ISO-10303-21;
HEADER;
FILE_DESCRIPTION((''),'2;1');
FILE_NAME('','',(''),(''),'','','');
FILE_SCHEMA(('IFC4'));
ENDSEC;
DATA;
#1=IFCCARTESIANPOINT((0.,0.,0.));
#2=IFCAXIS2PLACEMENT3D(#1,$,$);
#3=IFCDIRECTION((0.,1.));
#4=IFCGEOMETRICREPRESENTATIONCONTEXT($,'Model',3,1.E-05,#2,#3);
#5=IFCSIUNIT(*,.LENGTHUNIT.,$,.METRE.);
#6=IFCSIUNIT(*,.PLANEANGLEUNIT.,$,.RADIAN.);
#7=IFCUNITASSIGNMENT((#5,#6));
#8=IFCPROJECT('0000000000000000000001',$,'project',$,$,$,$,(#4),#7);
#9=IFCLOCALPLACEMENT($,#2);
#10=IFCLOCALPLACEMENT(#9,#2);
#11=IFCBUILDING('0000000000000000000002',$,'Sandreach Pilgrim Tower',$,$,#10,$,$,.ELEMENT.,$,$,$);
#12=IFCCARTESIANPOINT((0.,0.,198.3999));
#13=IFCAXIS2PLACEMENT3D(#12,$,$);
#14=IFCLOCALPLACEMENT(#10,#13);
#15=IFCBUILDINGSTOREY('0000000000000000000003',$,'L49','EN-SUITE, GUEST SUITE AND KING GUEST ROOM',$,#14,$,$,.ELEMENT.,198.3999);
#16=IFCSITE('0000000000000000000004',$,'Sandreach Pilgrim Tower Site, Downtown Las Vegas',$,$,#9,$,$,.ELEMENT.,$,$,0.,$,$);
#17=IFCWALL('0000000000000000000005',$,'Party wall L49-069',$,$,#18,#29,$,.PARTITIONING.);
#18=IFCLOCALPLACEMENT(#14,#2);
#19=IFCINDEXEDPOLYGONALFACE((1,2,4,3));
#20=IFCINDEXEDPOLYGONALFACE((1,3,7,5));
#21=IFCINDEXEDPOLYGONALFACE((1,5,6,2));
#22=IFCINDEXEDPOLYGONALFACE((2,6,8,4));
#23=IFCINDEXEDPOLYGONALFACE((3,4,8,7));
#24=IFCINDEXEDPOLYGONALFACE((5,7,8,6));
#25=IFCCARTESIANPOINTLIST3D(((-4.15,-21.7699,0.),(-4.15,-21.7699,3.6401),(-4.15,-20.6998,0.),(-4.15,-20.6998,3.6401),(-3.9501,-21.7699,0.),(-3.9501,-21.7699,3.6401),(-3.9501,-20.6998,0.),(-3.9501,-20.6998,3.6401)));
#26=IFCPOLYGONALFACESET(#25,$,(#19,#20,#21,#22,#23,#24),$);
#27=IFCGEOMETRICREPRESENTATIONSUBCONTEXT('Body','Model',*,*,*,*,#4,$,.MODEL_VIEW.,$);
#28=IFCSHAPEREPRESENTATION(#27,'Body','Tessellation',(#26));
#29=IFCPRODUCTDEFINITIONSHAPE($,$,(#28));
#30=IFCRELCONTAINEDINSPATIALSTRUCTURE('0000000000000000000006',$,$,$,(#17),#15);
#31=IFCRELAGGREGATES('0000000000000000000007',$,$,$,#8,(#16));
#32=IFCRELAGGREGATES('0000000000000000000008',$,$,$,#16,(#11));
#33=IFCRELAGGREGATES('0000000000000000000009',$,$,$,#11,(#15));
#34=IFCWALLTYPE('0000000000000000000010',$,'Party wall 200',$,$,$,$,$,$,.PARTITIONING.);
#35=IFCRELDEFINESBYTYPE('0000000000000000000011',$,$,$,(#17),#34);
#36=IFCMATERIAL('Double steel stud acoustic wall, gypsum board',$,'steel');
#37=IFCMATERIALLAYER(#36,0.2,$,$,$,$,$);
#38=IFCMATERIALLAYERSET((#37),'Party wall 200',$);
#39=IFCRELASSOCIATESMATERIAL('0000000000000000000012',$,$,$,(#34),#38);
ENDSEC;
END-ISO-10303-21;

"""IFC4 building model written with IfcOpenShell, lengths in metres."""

from ifc_helpers import new_model, si_unit, direction, frame, frame_2d, origin, place, context, subcontext, project, spatial, rectangle, extrude, material, layer, layer_set, type_object, element, save


model = new_model("IFC4")

# Units and contexts
model_context = context("Model", 3, precision=1e-05, world=origin(), true_north=direction((0.0, 1.0)))
body_context = subcontext(model_context, "Body", "Model", "MODEL_VIEW")
ifc_project = project(units=[si_unit("LENGTHUNIT", "METRE"), si_unit("PLANEANGLEUNIT", "RADIAN")], contexts=[model_context])

# Site, building, storey
site_placement = place(None, origin())
site = spatial("IfcSite", under=ifc_project, at=site_placement, Name="Sandreach Pilgrim Tower Site, Downtown Las Vegas", CompositionType="ELEMENT", RefElevation=0.0)
building_placement = place(site_placement, origin())
building = spatial("IfcBuilding", under=site, at=building_placement, Name="Sandreach Pilgrim Tower", CompositionType="ELEMENT")
storey_placement = place(building_placement, frame((0.0, 0.0, 198.3999)))
storey = spatial("IfcBuildingStorey", under=building, at=storey_placement, Name="L49", Description="EN-SUITE, GUEST SUITE AND KING GUEST ROOM", CompositionType="ELEMENT", Elevation=198.3999)

# Wall
ifc_material_1 = material(Name="Double steel stud acoustic wall, gypsum board", Category="steel")
ifc_layer_1 = layer(ifc_material_1, 0.2)
ifc_layer_set_1 = layer_set([ifc_layer_1], Name="Party wall 200")
wall_type_1 = type_object("IfcWallType", Name="Party wall 200", PredefinedType="PARTITIONING", material=ifc_layer_set_1)
wall_1_placement = place(storey_placement, frame((-4.05, -21.77, 0.0), z_axis=(0.0, 0.0, 1.0), x_axis=(0.0, 1.0, 0.0)))
element("IfcWall", 1, at=wall_1_placement, inside=storey, type_object=wall_type_1, Name="Party wall L49-069", PredefinedType="PARTITIONING", context=body_context, shape_type="SweptSolid", body=[
    extrude(rectangle(XDim=1.0701, YDim=0.2, at=frame_2d((0.5352, 0.0))), origin(), (0.0, 0.0, 1.0), 3.6401),
])

save(model, "model.ifc")
